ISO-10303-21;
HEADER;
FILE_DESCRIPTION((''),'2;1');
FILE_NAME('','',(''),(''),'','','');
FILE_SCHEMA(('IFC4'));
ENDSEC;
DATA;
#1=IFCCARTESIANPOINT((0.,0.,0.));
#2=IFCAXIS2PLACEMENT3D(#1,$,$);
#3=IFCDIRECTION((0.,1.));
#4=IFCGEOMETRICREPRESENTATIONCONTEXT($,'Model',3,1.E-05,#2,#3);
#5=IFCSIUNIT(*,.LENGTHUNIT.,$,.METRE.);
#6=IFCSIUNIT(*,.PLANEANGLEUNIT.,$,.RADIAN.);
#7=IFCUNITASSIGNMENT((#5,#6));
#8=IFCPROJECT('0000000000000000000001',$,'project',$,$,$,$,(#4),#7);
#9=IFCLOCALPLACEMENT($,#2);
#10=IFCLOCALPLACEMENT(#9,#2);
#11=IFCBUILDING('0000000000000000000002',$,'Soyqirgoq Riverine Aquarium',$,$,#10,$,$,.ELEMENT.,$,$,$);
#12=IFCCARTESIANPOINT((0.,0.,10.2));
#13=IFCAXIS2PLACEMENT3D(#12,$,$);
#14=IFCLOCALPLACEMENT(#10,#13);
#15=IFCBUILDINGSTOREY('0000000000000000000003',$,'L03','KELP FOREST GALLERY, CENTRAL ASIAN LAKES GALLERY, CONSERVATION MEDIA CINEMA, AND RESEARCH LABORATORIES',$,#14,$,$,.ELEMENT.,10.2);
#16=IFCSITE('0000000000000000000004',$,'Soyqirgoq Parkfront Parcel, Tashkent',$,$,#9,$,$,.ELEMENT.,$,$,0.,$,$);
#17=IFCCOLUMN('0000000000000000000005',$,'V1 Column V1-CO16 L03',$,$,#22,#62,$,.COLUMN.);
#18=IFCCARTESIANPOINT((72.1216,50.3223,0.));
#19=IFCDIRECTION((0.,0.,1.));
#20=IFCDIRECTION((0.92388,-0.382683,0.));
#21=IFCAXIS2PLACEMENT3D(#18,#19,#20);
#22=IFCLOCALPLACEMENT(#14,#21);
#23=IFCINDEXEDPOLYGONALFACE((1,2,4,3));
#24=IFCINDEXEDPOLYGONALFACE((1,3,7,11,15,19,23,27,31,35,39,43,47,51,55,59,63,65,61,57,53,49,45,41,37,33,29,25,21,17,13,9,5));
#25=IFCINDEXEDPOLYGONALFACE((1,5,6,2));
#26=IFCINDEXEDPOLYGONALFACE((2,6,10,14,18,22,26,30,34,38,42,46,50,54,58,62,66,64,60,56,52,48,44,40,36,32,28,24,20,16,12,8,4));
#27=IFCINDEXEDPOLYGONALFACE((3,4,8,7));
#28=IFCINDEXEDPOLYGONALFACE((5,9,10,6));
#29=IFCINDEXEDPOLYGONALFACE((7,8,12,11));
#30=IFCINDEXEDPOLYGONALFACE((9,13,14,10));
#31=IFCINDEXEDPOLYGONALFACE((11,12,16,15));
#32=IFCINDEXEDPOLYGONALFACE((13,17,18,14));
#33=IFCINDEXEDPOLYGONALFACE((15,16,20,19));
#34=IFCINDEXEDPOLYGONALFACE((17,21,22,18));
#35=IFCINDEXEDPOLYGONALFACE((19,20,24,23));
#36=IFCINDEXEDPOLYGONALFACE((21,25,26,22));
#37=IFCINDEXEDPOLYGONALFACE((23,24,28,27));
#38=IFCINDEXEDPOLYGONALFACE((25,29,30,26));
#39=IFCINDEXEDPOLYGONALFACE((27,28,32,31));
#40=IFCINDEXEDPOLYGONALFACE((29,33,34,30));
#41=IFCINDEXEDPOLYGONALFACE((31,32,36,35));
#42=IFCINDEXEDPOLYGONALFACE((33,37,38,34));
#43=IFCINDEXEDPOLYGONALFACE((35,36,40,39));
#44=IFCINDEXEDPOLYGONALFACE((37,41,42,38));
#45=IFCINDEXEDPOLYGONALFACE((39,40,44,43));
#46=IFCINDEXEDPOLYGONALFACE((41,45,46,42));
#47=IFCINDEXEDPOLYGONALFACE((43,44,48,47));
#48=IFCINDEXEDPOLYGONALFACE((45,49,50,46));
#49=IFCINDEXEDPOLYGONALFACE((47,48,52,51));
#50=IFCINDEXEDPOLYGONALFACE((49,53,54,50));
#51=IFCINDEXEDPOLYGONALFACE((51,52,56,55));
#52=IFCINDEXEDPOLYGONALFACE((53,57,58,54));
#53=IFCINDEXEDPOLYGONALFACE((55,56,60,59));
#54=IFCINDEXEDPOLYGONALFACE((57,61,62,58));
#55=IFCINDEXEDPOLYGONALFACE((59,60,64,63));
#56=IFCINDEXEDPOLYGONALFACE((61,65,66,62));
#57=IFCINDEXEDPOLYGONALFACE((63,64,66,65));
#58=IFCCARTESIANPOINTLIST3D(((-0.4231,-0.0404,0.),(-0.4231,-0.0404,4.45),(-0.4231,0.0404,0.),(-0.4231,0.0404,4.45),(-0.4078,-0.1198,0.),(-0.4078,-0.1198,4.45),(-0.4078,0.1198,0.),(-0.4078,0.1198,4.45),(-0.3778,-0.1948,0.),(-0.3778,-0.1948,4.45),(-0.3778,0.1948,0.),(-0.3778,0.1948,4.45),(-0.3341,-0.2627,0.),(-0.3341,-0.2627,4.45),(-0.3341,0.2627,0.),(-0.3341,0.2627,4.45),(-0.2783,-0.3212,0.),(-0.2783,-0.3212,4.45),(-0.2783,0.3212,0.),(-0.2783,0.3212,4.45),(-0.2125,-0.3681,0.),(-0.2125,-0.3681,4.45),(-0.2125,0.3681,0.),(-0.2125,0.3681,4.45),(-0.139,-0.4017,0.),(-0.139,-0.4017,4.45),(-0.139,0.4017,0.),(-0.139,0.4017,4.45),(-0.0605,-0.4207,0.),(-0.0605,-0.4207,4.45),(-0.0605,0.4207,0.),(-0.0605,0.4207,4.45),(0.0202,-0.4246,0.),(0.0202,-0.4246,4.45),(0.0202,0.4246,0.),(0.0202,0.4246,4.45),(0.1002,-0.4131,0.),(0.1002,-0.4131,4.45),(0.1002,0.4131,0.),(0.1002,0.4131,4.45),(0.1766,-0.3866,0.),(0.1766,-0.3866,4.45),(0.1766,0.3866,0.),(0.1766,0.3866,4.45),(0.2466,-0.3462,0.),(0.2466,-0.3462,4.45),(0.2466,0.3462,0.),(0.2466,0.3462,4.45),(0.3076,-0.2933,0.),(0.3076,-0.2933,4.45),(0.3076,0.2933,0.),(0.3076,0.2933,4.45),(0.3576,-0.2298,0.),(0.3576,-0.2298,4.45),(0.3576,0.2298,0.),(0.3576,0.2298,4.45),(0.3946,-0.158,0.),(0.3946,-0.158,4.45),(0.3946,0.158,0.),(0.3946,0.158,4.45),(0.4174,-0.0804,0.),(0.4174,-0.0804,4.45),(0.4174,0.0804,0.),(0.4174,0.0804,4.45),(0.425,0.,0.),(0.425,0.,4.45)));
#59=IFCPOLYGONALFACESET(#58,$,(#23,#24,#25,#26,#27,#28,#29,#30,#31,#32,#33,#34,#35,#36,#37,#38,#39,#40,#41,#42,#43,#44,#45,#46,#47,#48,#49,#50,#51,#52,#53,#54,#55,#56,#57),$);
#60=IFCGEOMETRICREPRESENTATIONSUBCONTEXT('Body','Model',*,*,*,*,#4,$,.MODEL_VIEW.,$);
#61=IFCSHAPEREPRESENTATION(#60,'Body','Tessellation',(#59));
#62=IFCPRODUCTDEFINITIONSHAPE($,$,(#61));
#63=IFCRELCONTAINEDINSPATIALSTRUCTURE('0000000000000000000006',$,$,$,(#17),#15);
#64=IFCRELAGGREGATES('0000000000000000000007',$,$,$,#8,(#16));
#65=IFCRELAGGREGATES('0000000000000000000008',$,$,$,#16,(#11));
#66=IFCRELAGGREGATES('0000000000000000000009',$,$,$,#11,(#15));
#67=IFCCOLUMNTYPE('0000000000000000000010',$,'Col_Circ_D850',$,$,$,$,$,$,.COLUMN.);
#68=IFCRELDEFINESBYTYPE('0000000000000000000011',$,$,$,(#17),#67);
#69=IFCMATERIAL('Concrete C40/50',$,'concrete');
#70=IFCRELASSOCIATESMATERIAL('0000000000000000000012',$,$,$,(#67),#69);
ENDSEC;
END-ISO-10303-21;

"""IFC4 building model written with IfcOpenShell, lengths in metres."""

from ifc_helpers import new_model, si_unit, direction, frame, origin, origin_2d, place, context, subcontext, project, spatial, circle, extrude, material, material_profile, profile_set, type_object, element, save


model = new_model("IFC4")

# Units and contexts
model_context = context("Model", 3, precision=1e-05, world=origin(), true_north=direction((0.0, 1.0)))
body_context = subcontext(model_context, "Body", "Model", "MODEL_VIEW")
ifc_project = project(units=[si_unit("LENGTHUNIT", "METRE"), si_unit("PLANEANGLEUNIT", "RADIAN")], contexts=[model_context])

# Site, building, storey
site_placement = place(None, origin())
site = spatial("IfcSite", under=ifc_project, at=site_placement, Name="Soyqirgoq Parkfront Parcel, Tashkent", CompositionType="ELEMENT", RefElevation=0.0)
building_placement = place(site_placement, origin())
building = spatial("IfcBuilding", under=site, at=building_placement, Name="Soyqirgoq Riverine Aquarium", CompositionType="ELEMENT")
storey_placement = place(building_placement, frame((0.0, 0.0, 10.2)))
storey = spatial("IfcBuildingStorey", under=building, at=storey_placement, Name="L03", Description="KELP FOREST GALLERY, CENTRAL ASIAN LAKES GALLERY, CONSERVATION MEDIA CINEMA, AND RESEARCH LABORATORIES", CompositionType="ELEMENT", Elevation=10.2)

# Column
ifc_material_1 = material(Name="Concrete C40/50", Category="concrete")
ifc_material_profile_1 = material_profile(ifc_material_1, circle(Radius=0.425, at=origin_2d()), Name="RC-COL D850")
ifc_profile_set_1 = profile_set([ifc_material_profile_1], Name="Concrete C40/50")
column_type = type_object("IfcColumnType", Name="Col_Circ_D850", PredefinedType="COLUMN", material=ifc_profile_set_1)
column_placement = place(storey_placement, frame((72.1216, 50.3223, 0.0), z_axis=(0.0, 0.0, 1.0), x_axis=(0.92388, -0.382683, 0.0)))
element("IfcColumn", 1, at=column_placement, inside=storey, type_object=column_type, Name="V1 Column V1-CO16 L03", PredefinedType="COLUMN", context=body_context, shape_type="SweptSolid", body=[
    extrude(circle(Radius=0.425, at=origin_2d()), origin(), (0.0, 0.0, 1.0), 4.45),
])

save(model, "model.ifc")
